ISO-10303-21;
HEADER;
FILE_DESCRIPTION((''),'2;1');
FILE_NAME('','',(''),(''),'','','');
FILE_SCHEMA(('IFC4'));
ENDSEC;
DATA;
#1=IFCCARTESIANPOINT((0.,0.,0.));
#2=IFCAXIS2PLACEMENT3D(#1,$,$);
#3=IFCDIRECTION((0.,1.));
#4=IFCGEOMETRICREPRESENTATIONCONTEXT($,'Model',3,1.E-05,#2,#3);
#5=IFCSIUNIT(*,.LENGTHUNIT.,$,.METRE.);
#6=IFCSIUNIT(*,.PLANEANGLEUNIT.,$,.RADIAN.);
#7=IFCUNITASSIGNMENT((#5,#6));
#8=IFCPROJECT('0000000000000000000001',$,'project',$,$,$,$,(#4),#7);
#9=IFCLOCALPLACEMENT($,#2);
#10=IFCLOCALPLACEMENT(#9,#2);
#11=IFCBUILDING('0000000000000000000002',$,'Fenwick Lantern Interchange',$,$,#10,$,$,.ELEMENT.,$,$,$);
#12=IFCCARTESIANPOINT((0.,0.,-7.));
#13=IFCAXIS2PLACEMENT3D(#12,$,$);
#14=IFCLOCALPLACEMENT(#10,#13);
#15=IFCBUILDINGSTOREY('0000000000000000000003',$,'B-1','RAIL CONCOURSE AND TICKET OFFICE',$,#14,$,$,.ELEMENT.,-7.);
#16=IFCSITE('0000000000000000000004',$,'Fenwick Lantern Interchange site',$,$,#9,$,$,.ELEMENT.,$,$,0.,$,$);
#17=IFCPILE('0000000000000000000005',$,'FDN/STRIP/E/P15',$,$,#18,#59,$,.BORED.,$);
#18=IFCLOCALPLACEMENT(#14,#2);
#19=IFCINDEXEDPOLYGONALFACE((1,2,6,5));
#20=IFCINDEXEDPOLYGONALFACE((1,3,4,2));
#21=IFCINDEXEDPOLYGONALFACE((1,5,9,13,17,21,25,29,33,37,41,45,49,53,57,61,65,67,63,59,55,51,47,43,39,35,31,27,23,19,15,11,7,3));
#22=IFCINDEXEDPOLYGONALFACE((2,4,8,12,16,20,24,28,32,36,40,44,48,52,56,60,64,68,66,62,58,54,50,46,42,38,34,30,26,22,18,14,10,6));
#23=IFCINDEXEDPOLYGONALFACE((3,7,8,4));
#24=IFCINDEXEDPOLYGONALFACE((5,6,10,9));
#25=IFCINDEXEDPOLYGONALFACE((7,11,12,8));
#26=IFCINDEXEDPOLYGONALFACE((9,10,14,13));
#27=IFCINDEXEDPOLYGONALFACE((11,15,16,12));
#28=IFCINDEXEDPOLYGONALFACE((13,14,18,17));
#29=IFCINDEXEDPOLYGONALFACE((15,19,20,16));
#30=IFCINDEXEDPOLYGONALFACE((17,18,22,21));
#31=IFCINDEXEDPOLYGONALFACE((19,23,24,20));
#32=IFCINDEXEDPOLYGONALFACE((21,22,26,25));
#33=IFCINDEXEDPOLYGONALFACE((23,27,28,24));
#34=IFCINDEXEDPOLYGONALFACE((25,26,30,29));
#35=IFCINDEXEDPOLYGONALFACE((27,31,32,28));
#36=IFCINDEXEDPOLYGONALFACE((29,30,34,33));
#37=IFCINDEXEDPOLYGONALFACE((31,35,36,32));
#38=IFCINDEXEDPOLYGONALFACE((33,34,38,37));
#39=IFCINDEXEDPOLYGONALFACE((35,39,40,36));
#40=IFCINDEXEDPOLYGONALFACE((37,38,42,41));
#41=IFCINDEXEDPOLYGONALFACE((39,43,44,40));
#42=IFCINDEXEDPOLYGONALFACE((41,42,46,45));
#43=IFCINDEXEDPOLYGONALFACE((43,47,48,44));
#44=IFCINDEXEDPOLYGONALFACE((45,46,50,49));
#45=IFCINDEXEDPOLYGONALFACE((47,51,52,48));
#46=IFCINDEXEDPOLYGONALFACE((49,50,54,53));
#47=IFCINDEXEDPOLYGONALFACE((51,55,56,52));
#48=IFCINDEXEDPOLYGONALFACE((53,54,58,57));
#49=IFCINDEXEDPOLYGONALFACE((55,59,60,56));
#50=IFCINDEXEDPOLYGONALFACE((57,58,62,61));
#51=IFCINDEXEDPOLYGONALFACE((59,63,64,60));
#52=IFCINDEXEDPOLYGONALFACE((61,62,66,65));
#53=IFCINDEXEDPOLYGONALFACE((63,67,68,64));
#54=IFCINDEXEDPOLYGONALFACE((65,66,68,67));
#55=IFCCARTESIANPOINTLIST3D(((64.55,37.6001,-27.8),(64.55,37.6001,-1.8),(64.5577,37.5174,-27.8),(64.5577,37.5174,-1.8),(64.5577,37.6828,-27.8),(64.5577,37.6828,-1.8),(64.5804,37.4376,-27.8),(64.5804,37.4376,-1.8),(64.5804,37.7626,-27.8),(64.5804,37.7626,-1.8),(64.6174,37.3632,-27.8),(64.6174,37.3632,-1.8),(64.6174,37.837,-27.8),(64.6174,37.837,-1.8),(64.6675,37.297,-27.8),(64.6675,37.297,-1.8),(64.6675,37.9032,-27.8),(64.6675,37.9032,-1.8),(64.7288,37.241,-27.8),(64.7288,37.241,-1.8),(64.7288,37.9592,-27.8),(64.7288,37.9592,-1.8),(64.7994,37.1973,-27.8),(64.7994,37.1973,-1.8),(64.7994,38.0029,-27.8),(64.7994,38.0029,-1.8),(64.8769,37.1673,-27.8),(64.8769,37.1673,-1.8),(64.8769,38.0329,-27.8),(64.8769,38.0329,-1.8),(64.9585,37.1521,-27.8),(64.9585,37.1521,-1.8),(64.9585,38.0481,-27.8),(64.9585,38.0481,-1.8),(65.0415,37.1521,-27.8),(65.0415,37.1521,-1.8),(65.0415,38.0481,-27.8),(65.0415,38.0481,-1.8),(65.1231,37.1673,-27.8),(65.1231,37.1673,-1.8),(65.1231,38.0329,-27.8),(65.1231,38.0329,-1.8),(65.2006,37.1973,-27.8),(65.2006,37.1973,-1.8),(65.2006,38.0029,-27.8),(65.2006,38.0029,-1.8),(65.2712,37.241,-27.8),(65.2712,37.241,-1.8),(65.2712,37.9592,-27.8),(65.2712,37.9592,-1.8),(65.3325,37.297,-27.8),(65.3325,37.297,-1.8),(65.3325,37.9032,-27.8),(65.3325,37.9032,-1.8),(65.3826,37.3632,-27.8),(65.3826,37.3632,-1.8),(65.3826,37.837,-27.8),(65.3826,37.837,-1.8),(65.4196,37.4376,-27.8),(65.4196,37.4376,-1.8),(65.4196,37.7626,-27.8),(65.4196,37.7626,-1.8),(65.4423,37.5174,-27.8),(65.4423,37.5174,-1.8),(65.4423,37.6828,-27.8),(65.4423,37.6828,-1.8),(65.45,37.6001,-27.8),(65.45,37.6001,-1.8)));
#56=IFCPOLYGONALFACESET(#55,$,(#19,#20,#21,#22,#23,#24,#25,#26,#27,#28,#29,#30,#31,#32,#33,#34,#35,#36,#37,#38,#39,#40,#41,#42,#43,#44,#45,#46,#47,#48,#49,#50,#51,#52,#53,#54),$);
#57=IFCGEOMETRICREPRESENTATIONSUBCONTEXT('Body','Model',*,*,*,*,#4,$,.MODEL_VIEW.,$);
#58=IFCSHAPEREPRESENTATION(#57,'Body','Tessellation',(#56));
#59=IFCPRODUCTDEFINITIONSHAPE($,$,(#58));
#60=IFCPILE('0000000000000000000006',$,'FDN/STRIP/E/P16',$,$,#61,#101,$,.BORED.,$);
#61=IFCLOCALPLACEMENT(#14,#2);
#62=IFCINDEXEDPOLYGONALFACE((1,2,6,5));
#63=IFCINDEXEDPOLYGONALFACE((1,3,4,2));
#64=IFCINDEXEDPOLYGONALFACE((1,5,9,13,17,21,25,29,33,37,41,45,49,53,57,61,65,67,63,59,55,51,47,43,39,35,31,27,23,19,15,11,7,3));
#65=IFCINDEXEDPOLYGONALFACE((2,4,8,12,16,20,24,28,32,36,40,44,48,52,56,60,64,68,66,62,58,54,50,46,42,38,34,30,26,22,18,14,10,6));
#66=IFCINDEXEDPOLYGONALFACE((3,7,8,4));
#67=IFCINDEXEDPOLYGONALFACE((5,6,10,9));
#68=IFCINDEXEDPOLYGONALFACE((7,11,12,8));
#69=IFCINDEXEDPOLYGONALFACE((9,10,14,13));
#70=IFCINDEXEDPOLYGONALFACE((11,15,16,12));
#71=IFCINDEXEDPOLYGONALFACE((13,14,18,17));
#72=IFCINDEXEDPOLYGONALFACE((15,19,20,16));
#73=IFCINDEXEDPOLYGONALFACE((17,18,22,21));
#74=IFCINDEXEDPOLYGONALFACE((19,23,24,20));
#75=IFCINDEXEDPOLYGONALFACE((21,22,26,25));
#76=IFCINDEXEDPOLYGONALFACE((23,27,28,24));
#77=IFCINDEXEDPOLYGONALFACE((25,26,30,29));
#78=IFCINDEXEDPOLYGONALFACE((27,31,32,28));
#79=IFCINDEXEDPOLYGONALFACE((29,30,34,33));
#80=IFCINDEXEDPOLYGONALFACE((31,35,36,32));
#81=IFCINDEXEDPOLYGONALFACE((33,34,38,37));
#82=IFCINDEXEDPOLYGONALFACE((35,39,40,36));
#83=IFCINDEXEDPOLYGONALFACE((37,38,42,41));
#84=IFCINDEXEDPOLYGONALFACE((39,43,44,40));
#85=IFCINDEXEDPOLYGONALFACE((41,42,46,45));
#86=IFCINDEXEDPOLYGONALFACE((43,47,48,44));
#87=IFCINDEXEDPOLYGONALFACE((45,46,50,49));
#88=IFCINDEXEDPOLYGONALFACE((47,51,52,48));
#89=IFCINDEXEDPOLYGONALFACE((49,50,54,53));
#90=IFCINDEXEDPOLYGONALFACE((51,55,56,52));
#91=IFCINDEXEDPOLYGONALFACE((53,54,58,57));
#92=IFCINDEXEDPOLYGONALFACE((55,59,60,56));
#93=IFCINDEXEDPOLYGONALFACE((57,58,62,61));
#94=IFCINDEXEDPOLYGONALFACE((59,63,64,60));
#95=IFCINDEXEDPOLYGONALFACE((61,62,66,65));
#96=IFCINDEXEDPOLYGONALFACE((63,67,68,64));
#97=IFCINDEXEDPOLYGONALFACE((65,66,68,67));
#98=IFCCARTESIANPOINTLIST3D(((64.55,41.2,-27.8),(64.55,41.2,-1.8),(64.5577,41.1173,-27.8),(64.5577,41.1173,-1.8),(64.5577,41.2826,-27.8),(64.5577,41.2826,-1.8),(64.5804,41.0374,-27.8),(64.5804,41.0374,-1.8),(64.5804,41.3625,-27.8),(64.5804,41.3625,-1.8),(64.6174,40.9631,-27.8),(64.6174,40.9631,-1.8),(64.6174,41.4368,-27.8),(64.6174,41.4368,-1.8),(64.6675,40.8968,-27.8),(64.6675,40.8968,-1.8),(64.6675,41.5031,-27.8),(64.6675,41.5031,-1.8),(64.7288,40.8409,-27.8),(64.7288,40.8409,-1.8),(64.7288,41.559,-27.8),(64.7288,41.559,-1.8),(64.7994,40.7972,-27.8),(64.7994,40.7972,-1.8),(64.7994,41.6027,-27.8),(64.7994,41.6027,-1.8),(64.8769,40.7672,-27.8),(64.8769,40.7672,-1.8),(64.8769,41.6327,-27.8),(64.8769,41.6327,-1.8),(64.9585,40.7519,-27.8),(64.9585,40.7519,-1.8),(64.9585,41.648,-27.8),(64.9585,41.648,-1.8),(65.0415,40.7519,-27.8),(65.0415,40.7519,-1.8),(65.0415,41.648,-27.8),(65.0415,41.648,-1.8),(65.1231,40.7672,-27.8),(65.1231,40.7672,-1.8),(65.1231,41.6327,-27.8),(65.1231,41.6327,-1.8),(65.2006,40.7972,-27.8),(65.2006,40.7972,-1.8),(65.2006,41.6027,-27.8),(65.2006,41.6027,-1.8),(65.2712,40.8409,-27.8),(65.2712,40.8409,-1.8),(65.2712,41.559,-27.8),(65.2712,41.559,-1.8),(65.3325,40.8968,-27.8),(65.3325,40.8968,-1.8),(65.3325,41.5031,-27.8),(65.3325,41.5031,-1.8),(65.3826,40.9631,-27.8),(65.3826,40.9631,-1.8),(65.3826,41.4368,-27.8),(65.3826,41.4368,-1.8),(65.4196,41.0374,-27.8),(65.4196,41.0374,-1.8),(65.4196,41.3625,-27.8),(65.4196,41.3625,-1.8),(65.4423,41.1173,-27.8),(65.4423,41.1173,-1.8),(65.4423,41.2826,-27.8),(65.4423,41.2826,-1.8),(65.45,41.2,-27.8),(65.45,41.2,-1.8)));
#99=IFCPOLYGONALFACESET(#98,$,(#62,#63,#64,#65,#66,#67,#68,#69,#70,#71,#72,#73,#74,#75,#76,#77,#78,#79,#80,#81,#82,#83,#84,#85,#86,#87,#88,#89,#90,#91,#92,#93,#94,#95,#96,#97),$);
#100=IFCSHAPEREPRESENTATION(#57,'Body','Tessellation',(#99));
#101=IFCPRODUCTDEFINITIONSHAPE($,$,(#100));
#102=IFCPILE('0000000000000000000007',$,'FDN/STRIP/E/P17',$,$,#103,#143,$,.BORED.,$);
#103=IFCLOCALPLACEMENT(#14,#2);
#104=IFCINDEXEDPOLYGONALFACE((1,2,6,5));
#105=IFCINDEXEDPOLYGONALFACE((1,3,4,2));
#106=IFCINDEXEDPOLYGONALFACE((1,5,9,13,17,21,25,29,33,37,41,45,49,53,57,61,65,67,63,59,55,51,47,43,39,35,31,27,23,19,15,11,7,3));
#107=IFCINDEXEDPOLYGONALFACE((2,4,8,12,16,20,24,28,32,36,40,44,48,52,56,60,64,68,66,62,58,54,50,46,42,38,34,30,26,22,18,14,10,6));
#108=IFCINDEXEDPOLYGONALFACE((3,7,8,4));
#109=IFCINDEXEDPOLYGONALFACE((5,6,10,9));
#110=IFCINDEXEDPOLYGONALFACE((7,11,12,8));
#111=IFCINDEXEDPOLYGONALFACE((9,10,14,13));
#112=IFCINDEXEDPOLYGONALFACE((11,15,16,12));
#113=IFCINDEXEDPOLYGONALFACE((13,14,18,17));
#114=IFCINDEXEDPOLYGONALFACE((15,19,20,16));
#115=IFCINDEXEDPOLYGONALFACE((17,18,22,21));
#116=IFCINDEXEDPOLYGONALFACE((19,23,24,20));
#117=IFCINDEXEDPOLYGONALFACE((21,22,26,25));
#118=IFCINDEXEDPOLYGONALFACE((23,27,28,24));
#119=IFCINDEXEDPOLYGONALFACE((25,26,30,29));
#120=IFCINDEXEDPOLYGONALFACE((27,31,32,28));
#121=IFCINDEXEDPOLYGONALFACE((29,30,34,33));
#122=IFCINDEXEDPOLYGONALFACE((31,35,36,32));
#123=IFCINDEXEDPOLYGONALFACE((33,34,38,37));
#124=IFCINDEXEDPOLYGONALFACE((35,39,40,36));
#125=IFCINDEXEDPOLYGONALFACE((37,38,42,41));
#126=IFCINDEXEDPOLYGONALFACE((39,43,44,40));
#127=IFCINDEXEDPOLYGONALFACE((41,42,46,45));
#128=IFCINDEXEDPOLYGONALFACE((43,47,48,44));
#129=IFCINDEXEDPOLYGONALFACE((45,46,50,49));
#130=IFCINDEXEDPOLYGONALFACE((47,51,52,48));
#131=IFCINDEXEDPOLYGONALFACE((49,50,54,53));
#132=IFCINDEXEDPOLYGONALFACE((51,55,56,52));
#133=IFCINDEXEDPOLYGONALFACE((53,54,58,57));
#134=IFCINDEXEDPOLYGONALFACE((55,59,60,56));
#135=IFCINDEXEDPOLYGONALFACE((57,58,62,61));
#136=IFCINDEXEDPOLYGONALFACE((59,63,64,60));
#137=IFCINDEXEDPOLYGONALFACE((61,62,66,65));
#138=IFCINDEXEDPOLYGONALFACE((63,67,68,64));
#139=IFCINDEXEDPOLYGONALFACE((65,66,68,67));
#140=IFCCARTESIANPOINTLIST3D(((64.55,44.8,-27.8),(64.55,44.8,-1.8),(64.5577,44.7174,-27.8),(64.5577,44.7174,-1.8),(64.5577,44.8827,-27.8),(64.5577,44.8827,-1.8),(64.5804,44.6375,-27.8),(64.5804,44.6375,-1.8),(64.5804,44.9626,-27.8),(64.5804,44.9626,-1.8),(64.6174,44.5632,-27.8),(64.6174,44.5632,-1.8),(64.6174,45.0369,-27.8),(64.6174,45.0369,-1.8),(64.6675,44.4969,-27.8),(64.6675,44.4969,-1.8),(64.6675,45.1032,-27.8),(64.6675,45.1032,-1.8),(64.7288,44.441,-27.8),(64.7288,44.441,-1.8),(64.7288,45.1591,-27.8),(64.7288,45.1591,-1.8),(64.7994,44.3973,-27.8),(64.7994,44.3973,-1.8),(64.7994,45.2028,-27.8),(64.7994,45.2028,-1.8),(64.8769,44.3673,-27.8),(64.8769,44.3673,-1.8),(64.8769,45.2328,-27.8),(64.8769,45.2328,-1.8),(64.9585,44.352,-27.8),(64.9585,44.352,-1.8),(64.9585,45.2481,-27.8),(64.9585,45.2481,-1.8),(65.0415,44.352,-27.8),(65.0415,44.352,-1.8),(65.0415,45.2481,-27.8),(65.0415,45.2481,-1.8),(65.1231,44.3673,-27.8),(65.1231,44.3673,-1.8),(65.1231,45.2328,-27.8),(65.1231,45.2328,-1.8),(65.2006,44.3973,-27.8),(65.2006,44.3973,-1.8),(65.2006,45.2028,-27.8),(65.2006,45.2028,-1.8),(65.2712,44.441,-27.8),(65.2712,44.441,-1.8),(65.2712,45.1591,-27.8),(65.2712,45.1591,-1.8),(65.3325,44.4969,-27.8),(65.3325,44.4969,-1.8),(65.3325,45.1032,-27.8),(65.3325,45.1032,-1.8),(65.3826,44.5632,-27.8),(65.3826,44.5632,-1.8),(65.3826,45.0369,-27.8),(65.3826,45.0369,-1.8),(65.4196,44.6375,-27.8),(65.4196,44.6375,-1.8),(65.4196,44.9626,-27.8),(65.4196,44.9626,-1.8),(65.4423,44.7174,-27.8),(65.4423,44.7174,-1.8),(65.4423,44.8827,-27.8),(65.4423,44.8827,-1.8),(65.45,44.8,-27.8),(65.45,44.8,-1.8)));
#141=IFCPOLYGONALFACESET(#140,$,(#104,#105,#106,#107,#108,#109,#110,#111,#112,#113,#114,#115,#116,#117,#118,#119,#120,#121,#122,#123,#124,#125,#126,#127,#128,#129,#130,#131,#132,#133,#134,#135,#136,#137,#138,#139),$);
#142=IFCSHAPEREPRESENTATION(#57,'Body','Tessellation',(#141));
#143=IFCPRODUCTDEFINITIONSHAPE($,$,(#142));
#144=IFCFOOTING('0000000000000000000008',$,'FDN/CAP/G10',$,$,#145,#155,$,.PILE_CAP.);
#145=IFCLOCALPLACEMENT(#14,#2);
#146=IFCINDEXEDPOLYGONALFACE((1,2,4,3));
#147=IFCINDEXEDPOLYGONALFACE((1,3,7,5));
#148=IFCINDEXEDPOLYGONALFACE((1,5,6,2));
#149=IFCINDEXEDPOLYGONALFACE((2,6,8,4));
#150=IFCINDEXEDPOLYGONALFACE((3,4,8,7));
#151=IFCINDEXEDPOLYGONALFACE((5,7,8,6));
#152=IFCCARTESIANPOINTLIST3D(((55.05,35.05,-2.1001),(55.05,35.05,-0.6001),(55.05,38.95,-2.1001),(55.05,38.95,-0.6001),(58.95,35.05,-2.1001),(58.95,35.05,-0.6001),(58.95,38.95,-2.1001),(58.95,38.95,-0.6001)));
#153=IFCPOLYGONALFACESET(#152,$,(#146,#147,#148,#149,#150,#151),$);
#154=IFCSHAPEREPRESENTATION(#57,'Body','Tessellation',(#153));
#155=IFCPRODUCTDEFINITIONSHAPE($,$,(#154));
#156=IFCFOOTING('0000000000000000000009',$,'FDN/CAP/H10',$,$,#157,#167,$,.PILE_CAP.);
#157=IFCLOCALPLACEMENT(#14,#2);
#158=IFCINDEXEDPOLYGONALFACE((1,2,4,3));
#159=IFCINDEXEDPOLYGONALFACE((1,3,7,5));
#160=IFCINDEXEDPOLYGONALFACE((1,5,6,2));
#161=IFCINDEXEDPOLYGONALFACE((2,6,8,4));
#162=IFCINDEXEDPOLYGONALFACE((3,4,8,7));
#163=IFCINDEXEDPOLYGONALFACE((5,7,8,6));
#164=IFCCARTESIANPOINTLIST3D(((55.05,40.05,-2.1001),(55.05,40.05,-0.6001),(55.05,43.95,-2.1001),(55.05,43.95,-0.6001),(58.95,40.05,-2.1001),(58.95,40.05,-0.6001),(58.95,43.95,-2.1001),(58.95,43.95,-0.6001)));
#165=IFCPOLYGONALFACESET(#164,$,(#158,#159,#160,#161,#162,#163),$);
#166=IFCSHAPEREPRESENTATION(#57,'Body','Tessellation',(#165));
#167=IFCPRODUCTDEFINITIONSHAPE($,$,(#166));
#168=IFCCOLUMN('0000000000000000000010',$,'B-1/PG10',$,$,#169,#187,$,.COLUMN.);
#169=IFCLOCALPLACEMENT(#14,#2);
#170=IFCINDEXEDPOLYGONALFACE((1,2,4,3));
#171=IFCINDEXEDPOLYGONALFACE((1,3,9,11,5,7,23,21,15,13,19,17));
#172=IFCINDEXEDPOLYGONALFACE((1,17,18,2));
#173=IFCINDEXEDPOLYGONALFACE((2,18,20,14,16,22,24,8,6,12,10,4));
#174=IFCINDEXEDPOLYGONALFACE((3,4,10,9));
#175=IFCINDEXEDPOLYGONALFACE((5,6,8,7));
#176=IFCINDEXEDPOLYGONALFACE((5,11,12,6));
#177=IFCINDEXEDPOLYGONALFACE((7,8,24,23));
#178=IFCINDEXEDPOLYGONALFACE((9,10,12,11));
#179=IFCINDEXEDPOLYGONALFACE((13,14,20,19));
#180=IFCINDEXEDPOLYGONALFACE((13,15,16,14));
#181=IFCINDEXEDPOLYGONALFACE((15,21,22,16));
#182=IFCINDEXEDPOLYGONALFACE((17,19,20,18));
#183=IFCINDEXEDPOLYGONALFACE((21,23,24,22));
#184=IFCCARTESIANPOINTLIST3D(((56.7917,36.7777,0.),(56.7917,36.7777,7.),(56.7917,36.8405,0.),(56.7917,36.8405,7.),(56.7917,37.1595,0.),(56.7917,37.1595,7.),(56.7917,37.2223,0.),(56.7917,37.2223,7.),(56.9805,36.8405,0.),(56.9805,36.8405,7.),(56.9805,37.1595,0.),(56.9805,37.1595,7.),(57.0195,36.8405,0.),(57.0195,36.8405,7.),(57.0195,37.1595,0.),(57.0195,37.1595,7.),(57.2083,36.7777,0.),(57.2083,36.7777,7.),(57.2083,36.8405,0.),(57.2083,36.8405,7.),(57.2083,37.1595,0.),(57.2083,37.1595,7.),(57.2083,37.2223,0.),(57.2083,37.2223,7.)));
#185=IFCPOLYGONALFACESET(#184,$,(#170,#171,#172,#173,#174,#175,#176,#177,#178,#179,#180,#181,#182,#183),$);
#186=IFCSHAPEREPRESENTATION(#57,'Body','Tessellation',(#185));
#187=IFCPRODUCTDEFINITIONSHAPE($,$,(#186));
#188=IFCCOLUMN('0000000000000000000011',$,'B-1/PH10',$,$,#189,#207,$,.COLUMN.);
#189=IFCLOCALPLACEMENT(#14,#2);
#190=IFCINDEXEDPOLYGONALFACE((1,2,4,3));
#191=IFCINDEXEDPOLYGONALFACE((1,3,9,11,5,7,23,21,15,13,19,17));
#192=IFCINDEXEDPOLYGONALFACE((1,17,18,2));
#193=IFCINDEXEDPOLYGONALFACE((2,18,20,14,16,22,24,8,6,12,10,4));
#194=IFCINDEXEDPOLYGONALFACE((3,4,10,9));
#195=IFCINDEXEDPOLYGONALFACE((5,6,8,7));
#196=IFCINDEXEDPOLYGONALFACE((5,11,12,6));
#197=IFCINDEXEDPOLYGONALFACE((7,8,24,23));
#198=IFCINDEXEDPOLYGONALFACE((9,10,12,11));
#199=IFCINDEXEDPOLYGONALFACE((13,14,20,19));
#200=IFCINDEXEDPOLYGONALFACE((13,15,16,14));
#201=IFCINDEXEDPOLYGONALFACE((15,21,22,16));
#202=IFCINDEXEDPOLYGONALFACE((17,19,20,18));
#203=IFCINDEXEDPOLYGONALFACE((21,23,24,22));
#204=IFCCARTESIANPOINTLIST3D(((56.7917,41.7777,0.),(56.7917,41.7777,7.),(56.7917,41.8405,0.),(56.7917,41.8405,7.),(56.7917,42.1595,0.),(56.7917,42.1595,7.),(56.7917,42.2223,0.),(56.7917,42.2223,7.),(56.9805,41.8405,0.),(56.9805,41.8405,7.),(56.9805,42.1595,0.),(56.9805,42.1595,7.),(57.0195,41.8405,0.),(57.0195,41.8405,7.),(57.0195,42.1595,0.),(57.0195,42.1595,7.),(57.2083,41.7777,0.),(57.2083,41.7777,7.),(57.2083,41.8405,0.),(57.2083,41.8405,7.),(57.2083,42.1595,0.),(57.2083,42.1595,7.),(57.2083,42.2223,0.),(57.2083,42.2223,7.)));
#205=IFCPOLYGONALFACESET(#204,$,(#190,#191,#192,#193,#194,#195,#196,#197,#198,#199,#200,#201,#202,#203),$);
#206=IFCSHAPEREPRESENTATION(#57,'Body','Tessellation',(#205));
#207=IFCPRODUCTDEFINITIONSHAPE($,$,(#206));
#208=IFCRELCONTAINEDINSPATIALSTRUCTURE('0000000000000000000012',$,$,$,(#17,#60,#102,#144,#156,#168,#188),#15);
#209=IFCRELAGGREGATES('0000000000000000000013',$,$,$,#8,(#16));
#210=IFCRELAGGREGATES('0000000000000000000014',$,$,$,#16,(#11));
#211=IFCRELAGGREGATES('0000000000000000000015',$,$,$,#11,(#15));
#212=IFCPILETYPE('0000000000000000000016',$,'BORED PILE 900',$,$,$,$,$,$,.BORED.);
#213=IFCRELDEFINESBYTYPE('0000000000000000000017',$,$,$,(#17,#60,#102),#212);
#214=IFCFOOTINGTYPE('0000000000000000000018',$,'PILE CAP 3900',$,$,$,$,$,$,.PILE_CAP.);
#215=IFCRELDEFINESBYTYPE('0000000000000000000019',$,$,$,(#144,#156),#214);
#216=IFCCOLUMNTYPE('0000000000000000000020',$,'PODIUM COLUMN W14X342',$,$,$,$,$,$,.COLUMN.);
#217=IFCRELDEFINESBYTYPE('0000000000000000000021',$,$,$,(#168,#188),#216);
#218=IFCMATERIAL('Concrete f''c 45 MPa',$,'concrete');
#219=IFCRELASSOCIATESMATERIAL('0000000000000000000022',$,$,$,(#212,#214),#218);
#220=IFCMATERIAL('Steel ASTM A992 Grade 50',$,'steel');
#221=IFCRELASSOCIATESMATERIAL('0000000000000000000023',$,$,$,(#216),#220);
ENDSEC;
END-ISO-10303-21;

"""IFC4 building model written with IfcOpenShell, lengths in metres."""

from ifc_helpers import new_model, si_unit, direction, frame, origin, origin_2d, place, context, subcontext, project, spatial, rectangle, circle, i_section, extrude, material, material_profile, profile_set, type_object, element, save


model = new_model("IFC4")

# Units and contexts
model_context = context("Model", 3, precision=1e-05, world=origin(), true_north=direction((0.0, 1.0)))
body_context = subcontext(model_context, "Body", "Model", "MODEL_VIEW")
ifc_project = project(units=[si_unit("LENGTHUNIT", "METRE"), si_unit("PLANEANGLEUNIT", "RADIAN")], contexts=[model_context])

# Site, building, storey
site_placement = place(None, origin())
site = spatial("IfcSite", under=ifc_project, at=site_placement, Name="Fenwick Lantern Interchange site", CompositionType="ELEMENT", RefElevation=0.0)
building_placement = place(site_placement, origin())
building = spatial("IfcBuilding", under=site, at=building_placement, Name="Fenwick Lantern Interchange", CompositionType="ELEMENT")
storey_placement = place(building_placement, frame((0.0, 0.0, -7.0)))
storey = spatial("IfcBuildingStorey", under=building, at=storey_placement, Name="B-1", Description="RAIL CONCOURSE AND TICKET OFFICE", CompositionType="ELEMENT", Elevation=-7.0)

# Piles
ifc_material_1 = material(Name="Concrete f'c 45 MPa", Category="concrete")
pile_type = type_object("IfcPileType", Name="BORED PILE 900", PredefinedType="BORED", material=ifc_material_1)
for number, where, z_axis, x_axis, name in (
    (1, (65.0, 37.6001, -1.8), (0.0, 0.0, -1.0), (1.0, 0.0, 0.0), "FDN/STRIP/E/P15"),
    (2, (65.0, 41.2, -1.8), (0.0, 0.0, -1.0), (1.0, 0.0, 0.0), "FDN/STRIP/E/P16"),
    (3, (65.0, 44.8, -1.8), (0.0, 0.0, -1.0), (1.0, 0.0, 0.0), "FDN/STRIP/E/P17"),
):
    element("IfcPile", number, at=place(storey_placement, frame(where, z_axis=z_axis, x_axis=x_axis)), inside=storey, type_object=pile_type, Name=name, PredefinedType="BORED", context=body_context, shape_type="SweptSolid", body=[
        extrude(circle(Radius=0.45, at=origin_2d()), origin(), (0.0, 0.0, 1.0), 26.0),
    ])

# Footings
footing_type = type_object("IfcFootingType", Name="PILE CAP 3900", PredefinedType="PILE_CAP", material=ifc_material_1)
for number, where, z_axis, x_axis, name in (
    (4, (57.0, 37.0, -2.1001), (0.0, 0.0, 1.0), (1.0, 0.0, 0.0), "FDN/CAP/G10"),
    (5, (57.0, 42.0, -2.1001), (0.0, 0.0, 1.0), (1.0, 0.0, 0.0), "FDN/CAP/H10"),
):
    element("IfcFooting", number, at=place(storey_placement, frame(where, z_axis=z_axis, x_axis=x_axis)), inside=storey, type_object=footing_type, Name=name, PredefinedType="PILE_CAP", context=body_context, shape_type="SweptSolid", body=[
        extrude(rectangle(XDim=3.8999, YDim=3.8999, at=origin_2d()), origin(), (0.0, 0.0, 1.0), 1.5),
    ])

# Columns
ifc_material_2 = material(Name="Steel ASTM A992 Grade 50", Category="steel")
ifc_material_profile = material_profile(ifc_material_2, i_section(OverallWidth=0.4165, OverallDepth=0.4446, WebThickness=0.0391, FlangeThickness=0.0627, at=origin_2d()), Name="W14X342")
ifc_profile_set = profile_set([ifc_material_profile], Name="Steel ASTM A992 Grade 50")
column_type = type_object("IfcColumnType", Name="PODIUM COLUMN W14X342", PredefinedType="COLUMN", material=ifc_profile_set)
for number, where, z_axis, x_axis, name in (
    (6, (57.0, 37.0, 0.0), (0.0, 0.0, 1.0), (1.0, 0.0, 0.0), "B-1/PG10"),
    (7, (57.0, 42.0, 0.0), (0.0, 0.0, 1.0), (1.0, 0.0, 0.0), "B-1/PH10"),
):
    element("IfcColumn", number, at=place(storey_placement, frame(where, z_axis=z_axis, x_axis=x_axis)), inside=storey, type_object=column_type, Name=name, PredefinedType="COLUMN", context=body_context, shape_type="SweptSolid", body=[
        extrude(i_section(OverallWidth=0.4165, OverallDepth=0.4446, WebThickness=0.0391, FlangeThickness=0.0627, at=origin_2d()), origin(), (0.0, 0.0, 1.0), 7.0),
    ])

save(model, "model.ifc")
